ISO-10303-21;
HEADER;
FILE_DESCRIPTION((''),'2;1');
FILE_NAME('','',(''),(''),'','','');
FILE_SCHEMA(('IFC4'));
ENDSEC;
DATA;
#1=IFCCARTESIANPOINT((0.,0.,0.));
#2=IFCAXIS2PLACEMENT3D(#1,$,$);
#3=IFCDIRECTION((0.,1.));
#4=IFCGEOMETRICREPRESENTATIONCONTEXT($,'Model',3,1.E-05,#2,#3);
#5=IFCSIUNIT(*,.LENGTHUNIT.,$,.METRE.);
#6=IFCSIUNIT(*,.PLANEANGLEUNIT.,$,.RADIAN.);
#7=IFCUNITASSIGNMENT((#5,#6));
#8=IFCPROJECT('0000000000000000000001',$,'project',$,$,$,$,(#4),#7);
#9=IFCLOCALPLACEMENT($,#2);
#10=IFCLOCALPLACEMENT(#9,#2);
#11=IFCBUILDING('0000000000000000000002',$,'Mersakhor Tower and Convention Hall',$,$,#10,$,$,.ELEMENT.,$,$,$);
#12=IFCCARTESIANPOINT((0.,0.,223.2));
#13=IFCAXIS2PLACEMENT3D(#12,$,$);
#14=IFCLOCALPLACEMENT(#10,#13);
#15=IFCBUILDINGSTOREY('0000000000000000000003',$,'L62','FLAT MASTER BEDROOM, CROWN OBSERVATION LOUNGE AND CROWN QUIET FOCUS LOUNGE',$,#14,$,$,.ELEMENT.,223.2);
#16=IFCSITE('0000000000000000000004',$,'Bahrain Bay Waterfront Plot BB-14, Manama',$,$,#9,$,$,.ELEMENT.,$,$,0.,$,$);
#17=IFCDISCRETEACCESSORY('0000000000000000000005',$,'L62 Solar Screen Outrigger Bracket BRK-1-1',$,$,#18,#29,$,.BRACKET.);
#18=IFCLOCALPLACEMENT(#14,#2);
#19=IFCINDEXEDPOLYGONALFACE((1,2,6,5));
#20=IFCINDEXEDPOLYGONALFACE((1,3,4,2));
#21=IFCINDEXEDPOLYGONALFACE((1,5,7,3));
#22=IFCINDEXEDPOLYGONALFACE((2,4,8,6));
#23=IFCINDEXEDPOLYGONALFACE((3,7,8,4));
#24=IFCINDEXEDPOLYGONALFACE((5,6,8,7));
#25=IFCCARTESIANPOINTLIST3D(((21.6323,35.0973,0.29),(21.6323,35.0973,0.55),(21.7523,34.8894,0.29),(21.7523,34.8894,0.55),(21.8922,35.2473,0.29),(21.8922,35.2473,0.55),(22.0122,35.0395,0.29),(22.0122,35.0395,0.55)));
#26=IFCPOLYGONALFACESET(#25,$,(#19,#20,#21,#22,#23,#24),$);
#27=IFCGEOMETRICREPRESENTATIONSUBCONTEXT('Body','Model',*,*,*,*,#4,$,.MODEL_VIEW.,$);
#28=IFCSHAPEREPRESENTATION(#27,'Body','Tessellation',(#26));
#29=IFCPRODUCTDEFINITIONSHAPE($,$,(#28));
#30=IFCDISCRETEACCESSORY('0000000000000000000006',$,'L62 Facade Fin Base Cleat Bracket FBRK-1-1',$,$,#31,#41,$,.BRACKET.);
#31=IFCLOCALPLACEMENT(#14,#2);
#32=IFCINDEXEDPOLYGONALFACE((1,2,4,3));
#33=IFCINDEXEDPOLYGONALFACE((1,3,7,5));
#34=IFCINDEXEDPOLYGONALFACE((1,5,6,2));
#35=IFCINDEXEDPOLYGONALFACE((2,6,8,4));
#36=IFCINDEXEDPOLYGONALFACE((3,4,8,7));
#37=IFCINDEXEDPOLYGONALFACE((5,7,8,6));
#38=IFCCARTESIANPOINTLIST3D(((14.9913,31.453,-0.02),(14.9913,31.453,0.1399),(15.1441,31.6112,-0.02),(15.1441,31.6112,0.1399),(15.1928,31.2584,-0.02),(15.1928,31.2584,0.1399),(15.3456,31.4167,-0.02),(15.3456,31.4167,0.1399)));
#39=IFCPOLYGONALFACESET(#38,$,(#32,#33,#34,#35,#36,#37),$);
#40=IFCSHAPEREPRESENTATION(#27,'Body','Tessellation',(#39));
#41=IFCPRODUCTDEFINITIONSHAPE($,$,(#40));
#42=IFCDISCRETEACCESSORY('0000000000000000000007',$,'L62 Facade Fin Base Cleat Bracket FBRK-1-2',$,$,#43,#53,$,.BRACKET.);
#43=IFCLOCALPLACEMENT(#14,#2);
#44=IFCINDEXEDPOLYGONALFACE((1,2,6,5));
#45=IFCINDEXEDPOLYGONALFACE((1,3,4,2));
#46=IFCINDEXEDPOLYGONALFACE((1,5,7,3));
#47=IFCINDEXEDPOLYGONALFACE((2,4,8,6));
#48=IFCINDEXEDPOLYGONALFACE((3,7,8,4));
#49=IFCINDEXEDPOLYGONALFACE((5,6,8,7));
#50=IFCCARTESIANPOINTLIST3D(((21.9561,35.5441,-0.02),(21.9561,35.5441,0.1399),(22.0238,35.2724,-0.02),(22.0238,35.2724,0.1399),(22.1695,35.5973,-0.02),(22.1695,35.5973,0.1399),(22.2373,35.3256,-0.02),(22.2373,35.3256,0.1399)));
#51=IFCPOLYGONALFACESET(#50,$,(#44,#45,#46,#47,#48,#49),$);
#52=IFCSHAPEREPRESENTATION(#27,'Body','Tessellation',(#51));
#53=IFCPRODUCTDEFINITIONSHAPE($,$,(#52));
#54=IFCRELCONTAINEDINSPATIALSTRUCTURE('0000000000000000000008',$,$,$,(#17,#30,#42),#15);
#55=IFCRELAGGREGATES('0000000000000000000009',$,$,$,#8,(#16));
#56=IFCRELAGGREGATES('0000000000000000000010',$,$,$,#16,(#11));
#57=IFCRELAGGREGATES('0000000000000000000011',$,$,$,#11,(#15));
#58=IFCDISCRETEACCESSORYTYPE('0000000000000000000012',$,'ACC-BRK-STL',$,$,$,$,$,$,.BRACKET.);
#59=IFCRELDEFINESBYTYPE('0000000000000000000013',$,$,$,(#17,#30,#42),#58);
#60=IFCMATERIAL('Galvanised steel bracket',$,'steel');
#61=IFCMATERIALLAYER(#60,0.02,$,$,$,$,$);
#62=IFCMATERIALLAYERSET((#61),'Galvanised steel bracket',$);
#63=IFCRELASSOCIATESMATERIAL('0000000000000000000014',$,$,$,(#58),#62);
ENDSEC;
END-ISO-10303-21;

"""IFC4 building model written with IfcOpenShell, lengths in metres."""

from ifc_helpers import new_model, si_unit, direction, frame, origin, origin_2d, place, context, subcontext, project, spatial, rectangle, extrude, material, layer, layer_set, type_object, element, save


model = new_model("IFC4")

# Units and contexts
model_context = context("Model", 3, precision=1e-05, world=origin(), true_north=direction((0.0, 1.0)))
body_context = subcontext(model_context, "Body", "Model", "MODEL_VIEW")
ifc_project = project(units=[si_unit("LENGTHUNIT", "METRE"), si_unit("PLANEANGLEUNIT", "RADIAN")], contexts=[model_context])

# Site, building, storey
site_placement = place(None, origin())
site = spatial("IfcSite", under=ifc_project, at=site_placement, Name="Bahrain Bay Waterfront Plot BB-14, Manama", CompositionType="ELEMENT", RefElevation=0.0)
building_placement = place(site_placement, origin())
building = spatial("IfcBuilding", under=site, at=building_placement, Name="Mersakhor Tower and Convention Hall", CompositionType="ELEMENT")
storey_placement = place(building_placement, frame((0.0, 0.0, 223.2)))
storey = spatial("IfcBuildingStorey", under=building, at=storey_placement, Name="L62", Description="FLAT MASTER BEDROOM, CROWN OBSERVATION LOUNGE AND CROWN QUIET FOCUS LOUNGE", CompositionType="ELEMENT", Elevation=223.2)

# Discrete accessories
ifc_material_1 = material(Name="Galvanised steel bracket", Category="steel")
ifc_layer_1 = layer(ifc_material_1, 0.02)
ifc_layer_set_1 = layer_set([ifc_layer_1], Name="Galvanised steel bracket")
discrete_accessory_type = type_object("IfcDiscreteAccessoryType", Name="ACC-BRK-STL", PredefinedType="BRACKET", material=ifc_layer_set_1)
discrete_accessory_placement = place(storey_placement, frame((21.8223, 35.0684, 0.29), z_axis=(0.0, 0.0, 1.0), x_axis=(0.866025, 0.5, 0.0)))
element("IfcDiscreteAccessory", 1, at=discrete_accessory_placement, inside=storey, type_object=discrete_accessory_type, Name="L62 Solar Screen Outrigger Bracket BRK-1-1", PredefinedType="BRACKET", context=body_context, shape_type="SweptSolid", body=[
    extrude(rectangle(XDim=0.3, YDim=0.24, at=origin_2d()), origin(), (0.0, 0.0, 1.0), 0.26),
])
for number, where, z_axis, x_axis, name in (
    (2, (15.1685, 31.4348, -0.02), (0.0, 0.0, 1.0), (-0.71934, 0.694658, 0.0), "L62 Facade Fin Base Cleat Bracket FBRK-1-1"),
    (3, (22.0967, 35.4348, -0.02), (0.0, 0.0, 1.0), (-0.241922, 0.970296, 0.0), "L62 Facade Fin Base Cleat Bracket FBRK-1-2"),
):
    element("IfcDiscreteAccessory", number, at=place(storey_placement, frame(where, z_axis=z_axis, x_axis=x_axis)), inside=storey, type_object=discrete_accessory_type, Name=name, PredefinedType="BRACKET", context=body_context, shape_type="SweptSolid", body=[
        extrude(rectangle(XDim=0.28, YDim=0.22, at=origin_2d()), origin(), (0.0, 0.0, 1.0), 0.1599),
    ])

save(model, "model.ifc")
